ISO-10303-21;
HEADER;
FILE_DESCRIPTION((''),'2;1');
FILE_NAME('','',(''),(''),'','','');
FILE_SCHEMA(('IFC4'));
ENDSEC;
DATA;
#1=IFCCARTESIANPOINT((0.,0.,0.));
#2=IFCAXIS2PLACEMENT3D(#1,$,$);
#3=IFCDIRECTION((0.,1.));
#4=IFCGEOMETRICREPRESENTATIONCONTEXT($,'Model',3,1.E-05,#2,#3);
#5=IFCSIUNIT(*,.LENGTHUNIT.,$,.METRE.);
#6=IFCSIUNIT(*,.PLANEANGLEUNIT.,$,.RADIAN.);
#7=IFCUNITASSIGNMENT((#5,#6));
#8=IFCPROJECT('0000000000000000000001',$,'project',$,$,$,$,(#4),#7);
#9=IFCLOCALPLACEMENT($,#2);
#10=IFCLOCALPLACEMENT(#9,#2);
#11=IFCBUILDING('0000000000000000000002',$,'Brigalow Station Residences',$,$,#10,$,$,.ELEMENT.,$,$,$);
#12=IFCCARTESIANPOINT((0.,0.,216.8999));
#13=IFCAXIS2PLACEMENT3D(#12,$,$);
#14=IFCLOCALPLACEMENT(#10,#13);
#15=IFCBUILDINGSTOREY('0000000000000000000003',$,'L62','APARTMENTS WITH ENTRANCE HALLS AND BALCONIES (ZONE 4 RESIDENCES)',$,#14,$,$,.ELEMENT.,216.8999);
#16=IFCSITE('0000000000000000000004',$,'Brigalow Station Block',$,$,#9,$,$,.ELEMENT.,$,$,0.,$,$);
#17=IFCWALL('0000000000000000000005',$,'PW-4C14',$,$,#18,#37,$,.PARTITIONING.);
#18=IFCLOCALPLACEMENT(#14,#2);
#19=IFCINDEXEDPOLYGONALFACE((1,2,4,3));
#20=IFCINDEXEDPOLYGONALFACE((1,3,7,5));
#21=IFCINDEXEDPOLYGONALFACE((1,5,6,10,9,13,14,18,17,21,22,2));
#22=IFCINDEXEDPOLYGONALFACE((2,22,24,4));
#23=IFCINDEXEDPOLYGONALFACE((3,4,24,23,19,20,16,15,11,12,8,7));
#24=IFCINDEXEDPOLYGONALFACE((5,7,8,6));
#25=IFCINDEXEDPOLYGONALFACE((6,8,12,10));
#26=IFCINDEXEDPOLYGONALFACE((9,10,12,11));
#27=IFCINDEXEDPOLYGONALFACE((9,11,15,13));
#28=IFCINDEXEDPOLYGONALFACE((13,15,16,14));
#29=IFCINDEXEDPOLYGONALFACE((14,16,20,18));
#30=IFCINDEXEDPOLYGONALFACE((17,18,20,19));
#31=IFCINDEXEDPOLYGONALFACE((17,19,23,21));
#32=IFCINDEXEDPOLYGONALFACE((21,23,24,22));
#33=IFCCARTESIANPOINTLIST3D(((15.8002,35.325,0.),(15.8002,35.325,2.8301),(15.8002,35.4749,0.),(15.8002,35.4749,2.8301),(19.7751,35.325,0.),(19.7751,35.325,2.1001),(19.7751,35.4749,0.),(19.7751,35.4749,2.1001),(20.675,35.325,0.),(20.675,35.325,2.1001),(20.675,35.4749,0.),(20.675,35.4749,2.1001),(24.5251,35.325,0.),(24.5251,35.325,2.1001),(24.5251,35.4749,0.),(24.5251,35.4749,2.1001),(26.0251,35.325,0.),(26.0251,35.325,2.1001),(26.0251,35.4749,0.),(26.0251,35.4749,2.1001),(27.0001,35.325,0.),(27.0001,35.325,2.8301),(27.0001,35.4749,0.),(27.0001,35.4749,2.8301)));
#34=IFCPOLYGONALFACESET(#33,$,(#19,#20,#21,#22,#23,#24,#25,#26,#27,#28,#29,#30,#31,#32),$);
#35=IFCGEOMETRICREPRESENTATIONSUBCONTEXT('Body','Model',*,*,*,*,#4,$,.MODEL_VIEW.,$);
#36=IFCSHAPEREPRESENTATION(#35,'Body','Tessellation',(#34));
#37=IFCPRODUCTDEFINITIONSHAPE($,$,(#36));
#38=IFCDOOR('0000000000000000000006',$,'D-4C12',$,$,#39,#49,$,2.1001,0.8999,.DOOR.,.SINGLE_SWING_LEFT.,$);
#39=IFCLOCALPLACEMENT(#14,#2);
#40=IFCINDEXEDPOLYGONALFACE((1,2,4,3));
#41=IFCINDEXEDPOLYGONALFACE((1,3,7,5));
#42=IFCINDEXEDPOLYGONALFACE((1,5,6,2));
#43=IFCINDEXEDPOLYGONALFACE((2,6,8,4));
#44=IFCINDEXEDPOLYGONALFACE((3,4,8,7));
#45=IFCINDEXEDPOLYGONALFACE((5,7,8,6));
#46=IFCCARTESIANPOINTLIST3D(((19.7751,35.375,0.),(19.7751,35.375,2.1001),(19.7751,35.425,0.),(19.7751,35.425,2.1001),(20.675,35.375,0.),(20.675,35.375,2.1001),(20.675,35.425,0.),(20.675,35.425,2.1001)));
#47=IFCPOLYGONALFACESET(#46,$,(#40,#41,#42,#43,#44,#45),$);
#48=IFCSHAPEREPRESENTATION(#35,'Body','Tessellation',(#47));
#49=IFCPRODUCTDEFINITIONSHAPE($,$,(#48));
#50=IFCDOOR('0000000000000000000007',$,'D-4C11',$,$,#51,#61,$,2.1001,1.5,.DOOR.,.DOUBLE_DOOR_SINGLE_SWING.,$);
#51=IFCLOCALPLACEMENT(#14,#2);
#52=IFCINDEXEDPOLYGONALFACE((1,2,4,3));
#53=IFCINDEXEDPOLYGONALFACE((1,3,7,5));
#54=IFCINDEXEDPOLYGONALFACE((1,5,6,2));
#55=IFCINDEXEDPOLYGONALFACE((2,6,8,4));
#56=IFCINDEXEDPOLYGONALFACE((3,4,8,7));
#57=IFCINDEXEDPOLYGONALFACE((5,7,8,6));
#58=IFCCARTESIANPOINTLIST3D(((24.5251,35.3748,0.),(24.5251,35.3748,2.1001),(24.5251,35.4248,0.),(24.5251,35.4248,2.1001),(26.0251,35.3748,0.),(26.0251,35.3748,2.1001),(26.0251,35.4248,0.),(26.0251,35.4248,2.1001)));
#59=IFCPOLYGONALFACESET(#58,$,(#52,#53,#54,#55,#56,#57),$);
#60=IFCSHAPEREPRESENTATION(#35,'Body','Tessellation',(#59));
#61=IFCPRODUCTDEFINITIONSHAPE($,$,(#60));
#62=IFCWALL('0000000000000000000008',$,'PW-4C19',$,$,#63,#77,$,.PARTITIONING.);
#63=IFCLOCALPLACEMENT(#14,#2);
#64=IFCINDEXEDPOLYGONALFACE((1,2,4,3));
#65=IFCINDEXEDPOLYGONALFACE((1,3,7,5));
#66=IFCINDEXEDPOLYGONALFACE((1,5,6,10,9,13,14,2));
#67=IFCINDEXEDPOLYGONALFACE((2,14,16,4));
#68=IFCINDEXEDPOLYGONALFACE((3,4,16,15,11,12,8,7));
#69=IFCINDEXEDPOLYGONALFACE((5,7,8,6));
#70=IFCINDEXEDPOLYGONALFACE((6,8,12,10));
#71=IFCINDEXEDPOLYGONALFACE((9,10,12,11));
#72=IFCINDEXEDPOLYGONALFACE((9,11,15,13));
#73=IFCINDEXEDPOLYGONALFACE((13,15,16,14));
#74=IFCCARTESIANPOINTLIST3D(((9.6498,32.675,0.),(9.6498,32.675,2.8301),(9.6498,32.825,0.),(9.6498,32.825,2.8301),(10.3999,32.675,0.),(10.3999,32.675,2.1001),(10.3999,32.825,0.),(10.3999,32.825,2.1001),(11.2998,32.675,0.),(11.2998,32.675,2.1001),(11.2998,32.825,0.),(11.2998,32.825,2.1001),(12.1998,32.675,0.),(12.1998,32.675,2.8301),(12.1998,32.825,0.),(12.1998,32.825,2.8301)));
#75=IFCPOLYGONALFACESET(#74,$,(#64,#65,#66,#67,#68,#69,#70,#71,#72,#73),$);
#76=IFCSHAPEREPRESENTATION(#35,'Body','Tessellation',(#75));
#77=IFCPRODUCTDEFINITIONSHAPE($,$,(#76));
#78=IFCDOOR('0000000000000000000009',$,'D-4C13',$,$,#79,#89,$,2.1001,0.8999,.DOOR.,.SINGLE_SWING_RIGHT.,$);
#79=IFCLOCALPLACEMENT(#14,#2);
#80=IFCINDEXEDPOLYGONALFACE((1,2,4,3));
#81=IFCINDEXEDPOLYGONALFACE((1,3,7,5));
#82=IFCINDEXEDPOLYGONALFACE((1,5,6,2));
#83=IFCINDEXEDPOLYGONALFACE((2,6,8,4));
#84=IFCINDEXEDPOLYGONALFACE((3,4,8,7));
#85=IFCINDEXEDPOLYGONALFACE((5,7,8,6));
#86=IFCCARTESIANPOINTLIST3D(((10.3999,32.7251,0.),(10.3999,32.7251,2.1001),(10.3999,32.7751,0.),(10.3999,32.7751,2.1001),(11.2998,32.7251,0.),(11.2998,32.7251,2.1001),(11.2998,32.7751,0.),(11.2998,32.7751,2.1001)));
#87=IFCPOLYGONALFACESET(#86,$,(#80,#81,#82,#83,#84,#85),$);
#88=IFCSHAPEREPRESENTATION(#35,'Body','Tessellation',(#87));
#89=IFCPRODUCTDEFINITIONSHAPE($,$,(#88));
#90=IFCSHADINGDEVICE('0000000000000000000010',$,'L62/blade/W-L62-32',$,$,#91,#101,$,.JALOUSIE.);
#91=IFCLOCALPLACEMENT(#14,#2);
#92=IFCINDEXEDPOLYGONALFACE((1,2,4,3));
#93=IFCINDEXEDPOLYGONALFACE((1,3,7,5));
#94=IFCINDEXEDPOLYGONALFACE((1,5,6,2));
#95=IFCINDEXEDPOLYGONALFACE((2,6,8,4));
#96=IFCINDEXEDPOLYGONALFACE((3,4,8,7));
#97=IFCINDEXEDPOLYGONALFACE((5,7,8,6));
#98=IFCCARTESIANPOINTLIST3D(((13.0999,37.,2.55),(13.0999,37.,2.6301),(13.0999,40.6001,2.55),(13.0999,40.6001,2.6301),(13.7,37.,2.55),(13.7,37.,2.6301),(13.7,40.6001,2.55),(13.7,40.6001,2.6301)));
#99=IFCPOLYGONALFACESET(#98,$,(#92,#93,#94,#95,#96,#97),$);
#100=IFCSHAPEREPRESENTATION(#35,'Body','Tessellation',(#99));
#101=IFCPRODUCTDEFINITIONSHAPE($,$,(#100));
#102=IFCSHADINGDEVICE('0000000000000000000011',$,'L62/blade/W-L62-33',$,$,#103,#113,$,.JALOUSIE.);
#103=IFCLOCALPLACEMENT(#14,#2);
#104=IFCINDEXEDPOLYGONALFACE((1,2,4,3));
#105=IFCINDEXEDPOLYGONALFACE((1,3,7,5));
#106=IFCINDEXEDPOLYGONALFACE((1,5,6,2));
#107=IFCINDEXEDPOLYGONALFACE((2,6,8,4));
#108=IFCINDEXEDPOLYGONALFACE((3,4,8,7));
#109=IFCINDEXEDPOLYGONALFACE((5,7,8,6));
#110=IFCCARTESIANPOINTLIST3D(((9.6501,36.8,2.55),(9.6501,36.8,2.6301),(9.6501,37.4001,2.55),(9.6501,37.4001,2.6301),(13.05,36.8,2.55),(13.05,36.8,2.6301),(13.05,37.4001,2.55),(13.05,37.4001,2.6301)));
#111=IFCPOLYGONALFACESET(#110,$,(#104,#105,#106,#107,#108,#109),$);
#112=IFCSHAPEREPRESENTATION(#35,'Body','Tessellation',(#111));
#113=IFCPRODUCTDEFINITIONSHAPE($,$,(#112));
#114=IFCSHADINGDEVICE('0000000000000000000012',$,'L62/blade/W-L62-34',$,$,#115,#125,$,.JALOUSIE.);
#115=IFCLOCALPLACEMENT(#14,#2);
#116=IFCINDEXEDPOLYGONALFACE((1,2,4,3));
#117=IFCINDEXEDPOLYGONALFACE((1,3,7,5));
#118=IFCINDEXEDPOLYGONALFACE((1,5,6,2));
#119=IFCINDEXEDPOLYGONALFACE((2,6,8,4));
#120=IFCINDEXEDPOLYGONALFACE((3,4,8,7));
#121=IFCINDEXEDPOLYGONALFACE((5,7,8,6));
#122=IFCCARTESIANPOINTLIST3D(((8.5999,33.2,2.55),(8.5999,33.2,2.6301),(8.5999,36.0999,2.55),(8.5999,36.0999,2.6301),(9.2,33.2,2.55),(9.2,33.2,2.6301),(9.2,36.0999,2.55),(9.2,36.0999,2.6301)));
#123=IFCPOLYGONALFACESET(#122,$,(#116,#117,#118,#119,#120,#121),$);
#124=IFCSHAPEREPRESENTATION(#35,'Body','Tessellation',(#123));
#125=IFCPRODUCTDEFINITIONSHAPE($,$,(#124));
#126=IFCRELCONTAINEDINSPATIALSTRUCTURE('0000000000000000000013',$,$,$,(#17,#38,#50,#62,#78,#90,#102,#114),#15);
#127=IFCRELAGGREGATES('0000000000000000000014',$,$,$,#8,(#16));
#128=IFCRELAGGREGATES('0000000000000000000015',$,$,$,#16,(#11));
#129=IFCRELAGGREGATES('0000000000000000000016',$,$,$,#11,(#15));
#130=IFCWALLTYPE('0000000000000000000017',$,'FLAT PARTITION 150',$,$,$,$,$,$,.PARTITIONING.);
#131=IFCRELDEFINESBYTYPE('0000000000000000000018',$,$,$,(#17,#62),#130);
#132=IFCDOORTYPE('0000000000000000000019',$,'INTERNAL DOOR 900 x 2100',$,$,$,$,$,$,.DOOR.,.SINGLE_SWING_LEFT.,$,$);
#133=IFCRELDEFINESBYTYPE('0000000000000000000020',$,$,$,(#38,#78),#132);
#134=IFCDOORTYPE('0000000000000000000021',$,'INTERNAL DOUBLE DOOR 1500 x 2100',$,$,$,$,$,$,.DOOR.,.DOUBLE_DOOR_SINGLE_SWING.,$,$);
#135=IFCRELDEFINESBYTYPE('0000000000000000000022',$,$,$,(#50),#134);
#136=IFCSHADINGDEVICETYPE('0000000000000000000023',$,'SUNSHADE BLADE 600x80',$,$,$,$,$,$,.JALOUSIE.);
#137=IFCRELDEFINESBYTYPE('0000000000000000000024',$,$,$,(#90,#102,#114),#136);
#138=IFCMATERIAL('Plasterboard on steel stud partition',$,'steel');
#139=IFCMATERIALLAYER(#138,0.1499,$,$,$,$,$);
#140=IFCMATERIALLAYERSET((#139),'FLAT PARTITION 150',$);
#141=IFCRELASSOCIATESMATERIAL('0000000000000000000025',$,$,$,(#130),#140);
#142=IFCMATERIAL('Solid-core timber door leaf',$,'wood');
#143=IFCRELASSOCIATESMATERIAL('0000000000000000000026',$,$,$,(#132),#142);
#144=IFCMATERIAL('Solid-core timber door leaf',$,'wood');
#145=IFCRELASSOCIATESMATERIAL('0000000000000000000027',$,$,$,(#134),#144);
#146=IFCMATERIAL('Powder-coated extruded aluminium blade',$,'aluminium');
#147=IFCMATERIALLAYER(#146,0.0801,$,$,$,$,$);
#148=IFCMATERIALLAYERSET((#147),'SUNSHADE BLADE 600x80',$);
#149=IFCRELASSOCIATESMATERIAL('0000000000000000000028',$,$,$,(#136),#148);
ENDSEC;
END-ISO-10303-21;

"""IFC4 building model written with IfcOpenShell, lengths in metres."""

from ifc_helpers import new_model, si_unit, direction, frame, frame_2d, origin, origin_2d, place, context, subcontext, project, spatial, rectangle, extrude, material, layer, layer_set, type_object, element, fill, save


model = new_model("IFC4")

# Units and contexts
model_context = context("Model", 3, precision=1e-05, world=origin(), true_north=direction((0.0, 1.0)))
body_context = subcontext(model_context, "Body", "Model", "MODEL_VIEW")
ifc_project = project(units=[si_unit("LENGTHUNIT", "METRE"), si_unit("PLANEANGLEUNIT", "RADIAN")], contexts=[model_context])

# Site, building, storey
site_placement = place(None, origin())
site = spatial("IfcSite", under=ifc_project, at=site_placement, Name="Brigalow Station Block", CompositionType="ELEMENT", RefElevation=0.0)
building_placement = place(site_placement, origin())
building = spatial("IfcBuilding", under=site, at=building_placement, Name="Brigalow Station Residences", CompositionType="ELEMENT")
storey_placement = place(building_placement, frame((0.0, 0.0, 216.8999)))
storey = spatial("IfcBuildingStorey", under=building, at=storey_placement, Name="L62", Description="APARTMENTS WITH ENTRANCE HALLS AND BALCONIES (ZONE 4 RESIDENCES)", CompositionType="ELEMENT", Elevation=216.8999)

# Wall, openings, doors
ifc_material_1 = material(Name="Plasterboard on steel stud partition", Category="steel")
ifc_layer_1 = layer(ifc_material_1, 0.1499)
ifc_layer_set_1 = layer_set([ifc_layer_1], Name="FLAT PARTITION 150")
wall_type_1 = type_object("IfcWallType", Name="FLAT PARTITION 150", PredefinedType="PARTITIONING", material=ifc_layer_set_1)
wall_1_placement = place(storey_placement, frame((15.8, 35.3999, 0.0), z_axis=(0.0, 0.0, 1.0), x_axis=(1.0, 0.0, 0.0)))
wall_1 = element("IfcWall", 1, at=wall_1_placement, inside=storey, type_object=wall_type_1, Name="PW-4C14", PredefinedType="PARTITIONING", context=body_context, shape_type="SweptSolid", body=[
    extrude(rectangle(XDim=11.2, YDim=0.1499, at=frame_2d((5.6001, 0.0))), origin(), (0.0, 0.0, 1.0), 2.8301),
])
opening_1_placement = place(wall_1_placement, frame((8.7251, 0.0, 0.0)))
opening_1 = element("IfcOpeningElement", 2, at=opening_1_placement, cuts=wall_1, PredefinedType="OPENING", context=body_context, shape_type="SweptSolid", body=[
    extrude(rectangle(XDim=1.5, YDim=2.1001, at=frame_2d((0.75, 1.05))), frame((0.0, 0.085, 0.0), z_axis=(0.0, -1.0, 0.0), x_axis=(1.0, 0.0, 0.0)), (0.0, 0.0, 1.0), 0.1699),
])
opening_2_placement = place(wall_1_placement, frame((3.9751, 0.0, 0.0)))
opening_2 = element("IfcOpeningElement", 3, at=opening_2_placement, cuts=wall_1, PredefinedType="OPENING", context=body_context, shape_type="SweptSolid", body=[
    extrude(rectangle(XDim=0.8999, YDim=2.1001, at=frame_2d((0.45, 1.05))), frame((0.0, 0.085, 0.0), z_axis=(0.0, -1.0, 0.0), x_axis=(1.0, 0.0, 0.0)), (0.0, 0.0, 1.0), 0.1699),
])
ifc_material_2 = material(Name="Solid-core timber door leaf", Category="wood")
door_type_1 = type_object("IfcDoorType", Name="INTERNAL DOOR 900 x 2100", OperationType="SINGLE_SWING_LEFT", PredefinedType="DOOR", material=ifc_material_2)
door_1_placement = place(opening_2_placement, frame((0.8999, 0.0, 0.0), z_axis=(0.0, 0.0, 1.0), x_axis=(-1.0, 0.0, 0.0)))
door_1 = element("IfcDoor", 4, at=door_1_placement, inside=storey, type_object=door_type_1, Name="D-4C12", OperationType="SINGLE_SWING_LEFT", OverallHeight=2.1001, OverallWidth=0.8999, PredefinedType="DOOR", context=body_context, shape_type="SweptSolid", body=[
    extrude(rectangle(XDim=0.8999, YDim=2.1001, at=frame_2d((0.45, 1.05))), frame((0.0, 0.0249, 0.0), z_axis=(0.0, -1.0, 0.0), x_axis=(1.0, 0.0, 0.0)), (0.0, 0.0, 1.0), 0.05),
])
fill(opening_2, door_1)
ifc_material_3 = material(Name="Solid-core timber door leaf", Category="wood")
door_type_2 = type_object("IfcDoorType", Name="INTERNAL DOUBLE DOOR 1500 x 2100", OperationType="DOUBLE_DOOR_SINGLE_SWING", PredefinedType="DOOR", material=ifc_material_3)
door_2_placement = place(opening_1_placement, origin())
door_2 = element("IfcDoor", 5, at=door_2_placement, inside=storey, type_object=door_type_2, Name="D-4C11", OperationType="DOUBLE_DOOR_SINGLE_SWING", OverallHeight=2.1001, OverallWidth=1.5, PredefinedType="DOOR", context=body_context, shape_type="SweptSolid", body=[
    extrude(rectangle(XDim=1.5, YDim=2.1001, at=frame_2d((0.75, 1.05))), frame((0.0, 0.0249, 0.0), z_axis=(0.0, -1.0, 0.0), x_axis=(1.0, 0.0, 0.0)), (0.0, 0.0, 1.0), 0.05),
])
fill(opening_1, door_2)

# Wall, opening, door
wall_2_placement = place(storey_placement, frame((9.6499, 32.75, 0.0), z_axis=(0.0, 0.0, 1.0), x_axis=(1.0, 0.0, 0.0)))
wall_2 = element("IfcWall", 6, at=wall_2_placement, inside=storey, type_object=wall_type_1, Name="PW-4C19", PredefinedType="PARTITIONING", context=body_context, shape_type="SweptSolid", body=[
    extrude(rectangle(XDim=2.55, YDim=0.1499, at=frame_2d((1.2749, 0.0))), origin(), (0.0, 0.0, 1.0), 2.8301),
])
opening_3_placement = place(wall_2_placement, frame((0.75, 0.0, 0.0)))
opening_3 = element("IfcOpeningElement", 7, at=opening_3_placement, cuts=wall_2, PredefinedType="OPENING", context=body_context, shape_type="SweptSolid", body=[
    extrude(rectangle(XDim=0.8999, YDim=2.1001, at=frame_2d((0.45, 1.05))), frame((0.0, 0.085, 0.0), z_axis=(0.0, -1.0, 0.0), x_axis=(1.0, 0.0, 0.0)), (0.0, 0.0, 1.0), 0.1699),
])
door_3_placement = place(opening_3_placement, frame((0.8999, 0.0, 0.0), z_axis=(0.0, 0.0, 1.0), x_axis=(-1.0, 0.0, 0.0)))
door_3 = element("IfcDoor", 8, at=door_3_placement, inside=storey, type_object=door_type_1, Name="D-4C13", OperationType="SINGLE_SWING_RIGHT", OverallHeight=2.1001, OverallWidth=0.8999, PredefinedType="DOOR", context=body_context, shape_type="SweptSolid", body=[
    extrude(rectangle(XDim=0.8999, YDim=2.1001, at=frame_2d((0.45, 1.05))), frame((0.0, 0.0249, 0.0), z_axis=(0.0, -1.0, 0.0), x_axis=(1.0, 0.0, 0.0)), (0.0, 0.0, 1.0), 0.05),
])
fill(opening_3, door_3)

# Shading devices
ifc_material_4 = material(Name="Powder-coated extruded aluminium blade", Category="aluminium")
ifc_layer_2 = layer(ifc_material_4, 0.0801)
ifc_layer_set_2 = layer_set([ifc_layer_2], Name="SUNSHADE BLADE 600x80")
shading_device_type = type_object("IfcShadingDeviceType", Name="SUNSHADE BLADE 600x80", PredefinedType="JALOUSIE", material=ifc_layer_set_2)
shading_device_1_placement = place(storey_placement, frame((13.3999, 38.8, 2.55), z_axis=(0.0, 0.0, 1.0), x_axis=(0.0, -1.0, 0.0)))
element("IfcShadingDevice", 9, at=shading_device_1_placement, inside=storey, type_object=shading_device_type, Name="L62/blade/W-L62-32", PredefinedType="JALOUSIE", context=body_context, shape_type="SweptSolid", body=[
    extrude(rectangle(XDim=3.6001, YDim=0.6001, at=origin_2d()), origin(), (0.0, 0.0, 1.0), 0.0801),
])
shading_device_2_placement = place(storey_placement, frame((11.3501, 37.1001, 2.55), z_axis=(0.0, 0.0, 1.0), x_axis=(-1.0, 0.0, 0.0)))
element("IfcShadingDevice", 10, at=shading_device_2_placement, inside=storey, type_object=shading_device_type, Name="L62/blade/W-L62-33", PredefinedType="JALOUSIE", context=body_context, shape_type="SweptSolid", body=[
    extrude(rectangle(XDim=3.3999, YDim=0.6001, at=origin_2d()), origin(), (0.0, 0.0, 1.0), 0.0801),
])
shading_device_3_placement = place(storey_placement, frame((8.8999, 34.6499, 2.55), z_axis=(0.0, 0.0, 1.0), x_axis=(0.0, -1.0, 0.0)))
element("IfcShadingDevice", 11, at=shading_device_3_placement, inside=storey, type_object=shading_device_type, Name="L62/blade/W-L62-34", PredefinedType="JALOUSIE", context=body_context, shape_type="SweptSolid", body=[
    extrude(rectangle(XDim=2.8999, YDim=0.6001, at=origin_2d()), origin(), (0.0, 0.0, 1.0), 0.0801),
])

save(model, "model.ifc")
